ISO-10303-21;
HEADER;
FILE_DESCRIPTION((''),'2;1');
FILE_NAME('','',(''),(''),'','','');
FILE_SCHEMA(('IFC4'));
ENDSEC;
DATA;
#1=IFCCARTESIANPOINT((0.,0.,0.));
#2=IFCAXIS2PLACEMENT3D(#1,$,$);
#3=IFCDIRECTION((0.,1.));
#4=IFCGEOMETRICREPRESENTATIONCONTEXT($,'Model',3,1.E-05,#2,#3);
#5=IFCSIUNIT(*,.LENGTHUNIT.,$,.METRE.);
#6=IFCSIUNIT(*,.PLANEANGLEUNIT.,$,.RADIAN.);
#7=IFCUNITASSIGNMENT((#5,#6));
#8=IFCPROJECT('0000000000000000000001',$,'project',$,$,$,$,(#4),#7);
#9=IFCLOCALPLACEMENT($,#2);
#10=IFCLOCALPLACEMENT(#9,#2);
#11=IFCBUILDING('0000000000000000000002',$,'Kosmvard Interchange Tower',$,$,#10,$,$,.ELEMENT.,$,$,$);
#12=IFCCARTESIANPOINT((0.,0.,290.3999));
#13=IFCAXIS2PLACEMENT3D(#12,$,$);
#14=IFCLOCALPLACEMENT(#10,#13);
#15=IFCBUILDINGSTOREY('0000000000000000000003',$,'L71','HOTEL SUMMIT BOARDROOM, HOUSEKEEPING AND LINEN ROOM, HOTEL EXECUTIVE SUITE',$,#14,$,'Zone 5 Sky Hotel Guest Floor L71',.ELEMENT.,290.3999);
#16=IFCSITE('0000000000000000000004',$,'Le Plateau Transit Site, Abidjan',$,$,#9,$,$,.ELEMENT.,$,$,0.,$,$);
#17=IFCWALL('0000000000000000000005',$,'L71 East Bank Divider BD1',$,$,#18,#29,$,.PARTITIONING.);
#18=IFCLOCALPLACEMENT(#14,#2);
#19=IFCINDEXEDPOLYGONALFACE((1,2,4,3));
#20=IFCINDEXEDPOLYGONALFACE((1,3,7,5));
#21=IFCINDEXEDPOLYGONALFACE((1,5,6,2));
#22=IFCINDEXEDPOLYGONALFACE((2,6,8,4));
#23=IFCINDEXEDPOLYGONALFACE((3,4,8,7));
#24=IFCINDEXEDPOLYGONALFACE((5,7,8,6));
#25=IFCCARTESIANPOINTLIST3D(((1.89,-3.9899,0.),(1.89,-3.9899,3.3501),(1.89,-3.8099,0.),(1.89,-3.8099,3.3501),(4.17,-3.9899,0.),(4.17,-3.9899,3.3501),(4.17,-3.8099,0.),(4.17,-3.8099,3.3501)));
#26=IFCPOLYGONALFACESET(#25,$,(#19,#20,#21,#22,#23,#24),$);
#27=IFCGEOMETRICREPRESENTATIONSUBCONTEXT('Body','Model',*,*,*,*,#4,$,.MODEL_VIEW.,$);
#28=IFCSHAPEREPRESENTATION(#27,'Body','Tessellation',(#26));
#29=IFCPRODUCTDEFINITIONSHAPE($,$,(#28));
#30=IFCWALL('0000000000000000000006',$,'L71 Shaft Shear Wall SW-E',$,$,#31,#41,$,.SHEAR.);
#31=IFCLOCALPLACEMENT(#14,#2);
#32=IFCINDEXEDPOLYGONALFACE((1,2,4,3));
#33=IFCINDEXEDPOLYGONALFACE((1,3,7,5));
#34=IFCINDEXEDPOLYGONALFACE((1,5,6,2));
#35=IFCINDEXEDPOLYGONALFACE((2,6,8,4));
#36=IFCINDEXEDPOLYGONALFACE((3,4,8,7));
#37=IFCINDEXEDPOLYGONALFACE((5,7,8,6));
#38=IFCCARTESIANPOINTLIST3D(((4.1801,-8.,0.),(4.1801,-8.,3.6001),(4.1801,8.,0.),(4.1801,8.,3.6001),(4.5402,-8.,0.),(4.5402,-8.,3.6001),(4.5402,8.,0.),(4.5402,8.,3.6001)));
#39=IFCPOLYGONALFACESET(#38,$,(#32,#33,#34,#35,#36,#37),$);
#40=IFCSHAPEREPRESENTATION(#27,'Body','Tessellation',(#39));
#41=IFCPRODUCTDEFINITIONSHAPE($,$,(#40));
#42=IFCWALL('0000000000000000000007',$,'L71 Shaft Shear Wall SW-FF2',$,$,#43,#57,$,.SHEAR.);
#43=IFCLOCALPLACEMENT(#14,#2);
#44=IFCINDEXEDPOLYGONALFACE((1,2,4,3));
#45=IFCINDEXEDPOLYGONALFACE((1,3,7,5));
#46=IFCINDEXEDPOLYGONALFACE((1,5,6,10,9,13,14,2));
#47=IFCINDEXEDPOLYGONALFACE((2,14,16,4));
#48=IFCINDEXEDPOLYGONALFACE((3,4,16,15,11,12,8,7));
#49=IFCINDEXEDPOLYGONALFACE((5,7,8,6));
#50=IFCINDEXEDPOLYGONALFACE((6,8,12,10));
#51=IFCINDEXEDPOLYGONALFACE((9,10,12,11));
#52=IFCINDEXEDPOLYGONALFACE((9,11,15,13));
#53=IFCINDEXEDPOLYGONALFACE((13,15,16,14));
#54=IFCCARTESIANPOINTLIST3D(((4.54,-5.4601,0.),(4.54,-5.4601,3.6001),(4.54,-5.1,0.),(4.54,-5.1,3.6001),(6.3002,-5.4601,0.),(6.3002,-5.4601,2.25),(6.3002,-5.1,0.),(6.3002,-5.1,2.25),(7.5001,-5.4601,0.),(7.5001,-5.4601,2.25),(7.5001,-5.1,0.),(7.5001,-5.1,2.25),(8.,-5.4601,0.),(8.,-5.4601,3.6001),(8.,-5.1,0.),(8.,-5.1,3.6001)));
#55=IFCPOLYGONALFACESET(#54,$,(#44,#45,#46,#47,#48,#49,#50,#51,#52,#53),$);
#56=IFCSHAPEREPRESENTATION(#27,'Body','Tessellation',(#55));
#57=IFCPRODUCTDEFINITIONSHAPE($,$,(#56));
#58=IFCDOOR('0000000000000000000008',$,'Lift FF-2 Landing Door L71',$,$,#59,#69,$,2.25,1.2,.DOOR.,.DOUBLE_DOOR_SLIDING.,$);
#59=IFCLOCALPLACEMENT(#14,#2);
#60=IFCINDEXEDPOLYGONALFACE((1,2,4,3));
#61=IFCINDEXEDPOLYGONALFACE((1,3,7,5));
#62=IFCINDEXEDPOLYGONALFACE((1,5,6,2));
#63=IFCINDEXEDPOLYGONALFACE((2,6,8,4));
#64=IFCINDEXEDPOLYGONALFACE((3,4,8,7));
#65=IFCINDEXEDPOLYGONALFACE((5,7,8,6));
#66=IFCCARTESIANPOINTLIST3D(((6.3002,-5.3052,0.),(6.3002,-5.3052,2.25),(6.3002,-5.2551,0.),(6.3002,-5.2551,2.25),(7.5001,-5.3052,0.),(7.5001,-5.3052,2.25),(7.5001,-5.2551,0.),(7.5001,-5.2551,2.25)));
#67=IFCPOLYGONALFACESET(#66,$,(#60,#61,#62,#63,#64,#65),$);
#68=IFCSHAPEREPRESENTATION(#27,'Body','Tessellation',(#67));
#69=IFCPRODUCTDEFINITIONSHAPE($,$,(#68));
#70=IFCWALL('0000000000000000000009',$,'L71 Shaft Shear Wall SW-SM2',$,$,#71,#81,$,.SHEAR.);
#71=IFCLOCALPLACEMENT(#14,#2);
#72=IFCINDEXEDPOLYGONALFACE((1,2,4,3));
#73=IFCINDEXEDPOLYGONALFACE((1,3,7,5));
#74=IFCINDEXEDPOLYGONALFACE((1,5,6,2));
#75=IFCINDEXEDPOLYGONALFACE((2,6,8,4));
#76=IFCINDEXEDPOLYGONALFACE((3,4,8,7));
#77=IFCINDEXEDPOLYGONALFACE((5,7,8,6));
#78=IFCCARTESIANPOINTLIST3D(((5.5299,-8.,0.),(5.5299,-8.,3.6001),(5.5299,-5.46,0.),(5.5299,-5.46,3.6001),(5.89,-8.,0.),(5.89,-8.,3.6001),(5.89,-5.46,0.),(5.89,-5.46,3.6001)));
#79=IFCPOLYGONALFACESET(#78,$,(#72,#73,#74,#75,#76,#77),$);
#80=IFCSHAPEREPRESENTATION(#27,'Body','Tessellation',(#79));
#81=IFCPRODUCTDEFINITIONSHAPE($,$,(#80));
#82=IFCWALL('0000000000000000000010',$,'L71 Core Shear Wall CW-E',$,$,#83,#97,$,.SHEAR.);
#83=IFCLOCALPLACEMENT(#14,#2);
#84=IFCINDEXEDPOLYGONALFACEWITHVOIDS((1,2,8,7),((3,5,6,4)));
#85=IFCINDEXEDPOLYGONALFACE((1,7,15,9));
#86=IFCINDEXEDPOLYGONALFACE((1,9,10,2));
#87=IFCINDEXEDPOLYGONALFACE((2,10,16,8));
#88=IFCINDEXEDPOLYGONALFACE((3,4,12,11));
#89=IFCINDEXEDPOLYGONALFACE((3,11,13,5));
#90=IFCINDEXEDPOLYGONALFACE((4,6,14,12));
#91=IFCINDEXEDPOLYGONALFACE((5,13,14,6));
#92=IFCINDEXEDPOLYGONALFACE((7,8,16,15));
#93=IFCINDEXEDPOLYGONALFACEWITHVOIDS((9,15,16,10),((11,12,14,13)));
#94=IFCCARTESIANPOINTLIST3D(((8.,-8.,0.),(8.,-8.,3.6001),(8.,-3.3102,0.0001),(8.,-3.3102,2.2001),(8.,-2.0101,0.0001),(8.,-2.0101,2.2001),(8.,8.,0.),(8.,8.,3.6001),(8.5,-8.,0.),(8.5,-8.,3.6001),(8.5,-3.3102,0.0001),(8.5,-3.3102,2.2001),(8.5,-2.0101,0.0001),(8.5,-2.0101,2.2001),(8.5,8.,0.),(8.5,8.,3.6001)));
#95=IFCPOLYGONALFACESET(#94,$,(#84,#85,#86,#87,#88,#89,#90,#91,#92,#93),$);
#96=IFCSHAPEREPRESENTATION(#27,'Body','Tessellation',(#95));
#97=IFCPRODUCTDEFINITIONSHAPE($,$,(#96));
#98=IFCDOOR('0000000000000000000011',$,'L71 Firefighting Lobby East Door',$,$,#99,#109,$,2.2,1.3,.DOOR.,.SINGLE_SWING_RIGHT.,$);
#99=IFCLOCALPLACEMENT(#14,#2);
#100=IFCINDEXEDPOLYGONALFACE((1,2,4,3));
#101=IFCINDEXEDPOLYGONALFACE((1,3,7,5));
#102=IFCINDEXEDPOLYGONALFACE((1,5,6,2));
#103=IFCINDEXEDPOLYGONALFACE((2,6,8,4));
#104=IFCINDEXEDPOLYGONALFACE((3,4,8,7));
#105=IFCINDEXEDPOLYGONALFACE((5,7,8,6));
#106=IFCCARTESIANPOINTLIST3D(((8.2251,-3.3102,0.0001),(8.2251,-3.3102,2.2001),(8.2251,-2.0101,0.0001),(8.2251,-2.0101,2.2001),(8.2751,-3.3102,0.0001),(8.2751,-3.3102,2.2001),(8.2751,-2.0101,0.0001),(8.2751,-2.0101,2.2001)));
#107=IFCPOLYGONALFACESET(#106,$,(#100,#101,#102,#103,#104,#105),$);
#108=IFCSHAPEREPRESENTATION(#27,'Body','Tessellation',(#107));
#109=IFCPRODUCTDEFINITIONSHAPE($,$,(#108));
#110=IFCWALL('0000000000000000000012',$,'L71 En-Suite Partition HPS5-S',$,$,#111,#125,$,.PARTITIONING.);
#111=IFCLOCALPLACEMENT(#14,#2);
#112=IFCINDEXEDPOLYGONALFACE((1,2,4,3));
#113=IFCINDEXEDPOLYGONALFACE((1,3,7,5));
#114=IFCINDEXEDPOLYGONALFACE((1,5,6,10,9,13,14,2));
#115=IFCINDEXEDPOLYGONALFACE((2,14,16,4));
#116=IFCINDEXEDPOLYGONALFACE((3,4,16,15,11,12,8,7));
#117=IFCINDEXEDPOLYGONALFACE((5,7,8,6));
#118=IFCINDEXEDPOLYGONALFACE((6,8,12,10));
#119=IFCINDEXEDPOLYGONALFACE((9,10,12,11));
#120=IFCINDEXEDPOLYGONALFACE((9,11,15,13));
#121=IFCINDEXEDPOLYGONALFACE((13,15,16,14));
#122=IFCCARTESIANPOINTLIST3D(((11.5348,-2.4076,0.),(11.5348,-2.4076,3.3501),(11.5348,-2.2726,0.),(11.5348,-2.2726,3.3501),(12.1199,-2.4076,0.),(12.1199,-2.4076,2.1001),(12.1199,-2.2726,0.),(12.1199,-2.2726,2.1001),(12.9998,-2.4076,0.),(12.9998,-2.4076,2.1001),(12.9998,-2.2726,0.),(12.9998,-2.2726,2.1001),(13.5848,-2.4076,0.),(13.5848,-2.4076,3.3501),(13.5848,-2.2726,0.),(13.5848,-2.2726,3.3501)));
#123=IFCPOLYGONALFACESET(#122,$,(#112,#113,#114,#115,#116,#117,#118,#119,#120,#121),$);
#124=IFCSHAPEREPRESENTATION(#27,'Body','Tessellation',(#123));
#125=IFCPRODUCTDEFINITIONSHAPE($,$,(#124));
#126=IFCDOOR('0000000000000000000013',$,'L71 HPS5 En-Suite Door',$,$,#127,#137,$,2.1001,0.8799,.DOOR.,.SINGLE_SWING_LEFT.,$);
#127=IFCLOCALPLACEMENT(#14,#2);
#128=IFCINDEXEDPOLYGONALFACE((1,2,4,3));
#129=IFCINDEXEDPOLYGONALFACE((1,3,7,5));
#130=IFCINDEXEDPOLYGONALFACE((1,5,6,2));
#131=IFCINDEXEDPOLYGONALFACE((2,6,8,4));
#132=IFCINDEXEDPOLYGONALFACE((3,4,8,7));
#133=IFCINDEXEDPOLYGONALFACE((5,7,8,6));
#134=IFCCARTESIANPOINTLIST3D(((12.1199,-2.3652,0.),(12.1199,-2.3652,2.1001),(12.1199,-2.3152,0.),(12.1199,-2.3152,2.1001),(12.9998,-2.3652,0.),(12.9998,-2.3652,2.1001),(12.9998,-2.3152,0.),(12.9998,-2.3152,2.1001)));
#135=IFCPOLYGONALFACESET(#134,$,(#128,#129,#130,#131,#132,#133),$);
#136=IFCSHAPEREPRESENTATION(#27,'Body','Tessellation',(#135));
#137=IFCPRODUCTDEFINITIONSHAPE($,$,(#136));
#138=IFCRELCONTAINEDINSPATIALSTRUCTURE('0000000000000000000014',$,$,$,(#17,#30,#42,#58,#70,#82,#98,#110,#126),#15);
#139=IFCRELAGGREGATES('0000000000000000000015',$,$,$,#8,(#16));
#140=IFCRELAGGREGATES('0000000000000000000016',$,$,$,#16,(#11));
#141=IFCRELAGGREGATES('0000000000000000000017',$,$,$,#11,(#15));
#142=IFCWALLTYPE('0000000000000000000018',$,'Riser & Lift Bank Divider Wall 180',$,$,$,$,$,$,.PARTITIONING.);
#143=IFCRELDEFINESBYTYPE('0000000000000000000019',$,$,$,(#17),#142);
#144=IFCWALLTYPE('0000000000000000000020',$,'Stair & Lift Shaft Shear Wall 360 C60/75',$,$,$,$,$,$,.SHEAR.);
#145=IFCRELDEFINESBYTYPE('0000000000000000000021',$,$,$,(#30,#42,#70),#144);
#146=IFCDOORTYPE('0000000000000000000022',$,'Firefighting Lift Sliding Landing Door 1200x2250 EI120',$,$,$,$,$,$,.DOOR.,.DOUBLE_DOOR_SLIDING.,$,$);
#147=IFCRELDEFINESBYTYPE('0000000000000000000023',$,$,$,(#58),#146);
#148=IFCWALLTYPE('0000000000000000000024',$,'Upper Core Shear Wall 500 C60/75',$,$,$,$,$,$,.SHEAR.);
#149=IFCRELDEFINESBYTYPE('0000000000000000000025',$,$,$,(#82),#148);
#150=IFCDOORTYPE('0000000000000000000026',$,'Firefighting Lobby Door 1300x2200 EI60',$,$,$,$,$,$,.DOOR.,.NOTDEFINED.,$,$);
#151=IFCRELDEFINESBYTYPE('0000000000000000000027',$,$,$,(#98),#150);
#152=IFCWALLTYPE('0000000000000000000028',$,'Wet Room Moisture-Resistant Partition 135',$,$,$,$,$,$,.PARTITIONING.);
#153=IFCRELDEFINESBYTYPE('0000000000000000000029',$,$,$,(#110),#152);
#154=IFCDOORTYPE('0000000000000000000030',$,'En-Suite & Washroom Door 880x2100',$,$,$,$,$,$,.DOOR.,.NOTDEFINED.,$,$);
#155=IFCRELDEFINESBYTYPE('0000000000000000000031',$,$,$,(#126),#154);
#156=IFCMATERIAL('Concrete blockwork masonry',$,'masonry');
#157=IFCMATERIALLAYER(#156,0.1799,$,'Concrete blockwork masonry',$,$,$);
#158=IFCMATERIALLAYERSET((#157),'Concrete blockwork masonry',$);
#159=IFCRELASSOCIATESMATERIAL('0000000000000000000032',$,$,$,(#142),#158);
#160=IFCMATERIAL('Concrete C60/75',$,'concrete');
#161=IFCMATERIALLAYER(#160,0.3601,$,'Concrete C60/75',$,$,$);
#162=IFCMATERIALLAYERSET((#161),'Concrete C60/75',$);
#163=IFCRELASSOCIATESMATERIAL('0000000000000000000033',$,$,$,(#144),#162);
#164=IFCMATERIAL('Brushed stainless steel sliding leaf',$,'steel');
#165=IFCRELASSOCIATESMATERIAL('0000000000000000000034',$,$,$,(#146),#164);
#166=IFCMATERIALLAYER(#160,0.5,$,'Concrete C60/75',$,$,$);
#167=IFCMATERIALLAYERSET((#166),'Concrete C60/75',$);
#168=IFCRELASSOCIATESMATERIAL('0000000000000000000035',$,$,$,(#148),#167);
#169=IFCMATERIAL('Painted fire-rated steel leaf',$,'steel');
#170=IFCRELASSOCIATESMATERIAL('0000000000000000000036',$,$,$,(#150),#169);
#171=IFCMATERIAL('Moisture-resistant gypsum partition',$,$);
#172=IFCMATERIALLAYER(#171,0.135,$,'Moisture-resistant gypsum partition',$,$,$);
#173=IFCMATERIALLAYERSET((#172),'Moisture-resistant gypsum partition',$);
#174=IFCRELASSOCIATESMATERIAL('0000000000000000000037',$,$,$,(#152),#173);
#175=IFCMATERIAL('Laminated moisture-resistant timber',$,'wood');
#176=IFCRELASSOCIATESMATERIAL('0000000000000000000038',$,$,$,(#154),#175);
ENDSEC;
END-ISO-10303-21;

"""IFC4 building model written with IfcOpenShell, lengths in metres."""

from ifc_helpers import new_model, si_unit, direction, frame, frame_2d, origin, place, context, subcontext, project, spatial, rectangle, extrude, source, transform, mapped, material, layer, layer_set, type_object, element, fill, save


model = new_model("IFC4")

# Units and contexts
model_context = context("Model", 3, precision=1e-05, world=origin(), true_north=direction((0.0, 1.0)))
body_context = subcontext(model_context, "Body", "Model", "MODEL_VIEW")
ifc_project = project(units=[si_unit("LENGTHUNIT", "METRE"), si_unit("PLANEANGLEUNIT", "RADIAN")], contexts=[model_context])

# Site, building, storey
site_placement = place(None, origin())
site = spatial("IfcSite", under=ifc_project, at=site_placement, Name="Le Plateau Transit Site, Abidjan", CompositionType="ELEMENT", RefElevation=0.0)
building_placement = place(site_placement, origin())
building = spatial("IfcBuilding", under=site, at=building_placement, Name="Kosmvard Interchange Tower", CompositionType="ELEMENT")
storey_placement = place(building_placement, frame((0.0, 0.0, 290.3999)))
storey = spatial("IfcBuildingStorey", under=building, at=storey_placement, Name="L71", Description="HOTEL SUMMIT BOARDROOM, HOUSEKEEPING AND LINEN ROOM, HOTEL EXECUTIVE SUITE", LongName="Zone 5 Sky Hotel Guest Floor L71", CompositionType="ELEMENT", Elevation=290.3999)

# Shared definitions
ifc_material_1 = material(Name="Painted fire-rated steel leaf", Category="steel")
ifc_material_2 = material(Name="Brushed stainless steel sliding leaf", Category="steel")

# Walls
ifc_material_3 = material(Name="Concrete blockwork masonry", Category="masonry")
ifc_layer_1 = layer(ifc_material_3, 0.1799, Name="Concrete blockwork masonry")
ifc_layer_set_1 = layer_set([ifc_layer_1], Name="Concrete blockwork masonry")
wall_type_1 = type_object("IfcWallType", Name="Riser & Lift Bank Divider Wall 180", PredefinedType="PARTITIONING", material=ifc_layer_set_1)
wall_1_placement = place(storey_placement, frame((1.8899, -3.8999, 0.0), z_axis=(0.0, 0.0, 1.0), x_axis=(1.0, 0.0, 0.0)))
element("IfcWall", 1, at=wall_1_placement, inside=storey, type_object=wall_type_1, Name="L71 East Bank Divider BD1", PredefinedType="PARTITIONING", context=body_context, shape_type="SweptSolid", body=[
    extrude(rectangle(XDim=2.28, YDim=0.1799, at=frame_2d((1.1401, 0.0))), origin(), (0.0, 0.0, 1.0), 3.3501),
])
ifc_material_4 = material(Name="Concrete C60/75", Category="concrete")
ifc_layer_2 = layer(ifc_material_4, 0.3601, Name="Concrete C60/75")
ifc_layer_set_2 = layer_set([ifc_layer_2], Name="Concrete C60/75")
wall_type_2 = type_object("IfcWallType", Name="Stair & Lift Shaft Shear Wall 360 C60/75", PredefinedType="SHEAR", material=ifc_layer_set_2)
wall_2_placement = place(storey_placement, frame((4.3601, -8.0, 0.0), z_axis=(0.0, 0.0, 1.0), x_axis=(0.0, 1.0, 0.0)))
element("IfcWall", 2, at=wall_2_placement, inside=storey, type_object=wall_type_2, Name="L71 Shaft Shear Wall SW-E", PredefinedType="SHEAR", context=body_context, shape_type="SweptSolid", body=[
    extrude(rectangle(XDim=16.0, YDim=0.3601, at=frame_2d((8.0, 0.0))), origin(), (0.0, 0.0, 1.0), 3.6001),
])

# Wall, opening, door
wall_3_placement = place(storey_placement, frame((4.54, -5.28, 0.0), z_axis=(0.0, 0.0, 1.0), x_axis=(1.0, 0.0, 0.0)))
wall_3 = element("IfcWall", 3, at=wall_3_placement, inside=storey, type_object=wall_type_2, Name="L71 Shaft Shear Wall SW-FF2", PredefinedType="SHEAR", context=body_context, shape_type="SweptSolid", body=[
    extrude(rectangle(XDim=3.46, YDim=0.3601, at=frame_2d((1.73, 0.0))), origin(), (0.0, 0.0, 1.0), 3.6001),
])
opening_1_placement = place(wall_3_placement, frame((1.76, 0.0, 0.0)))
opening_1 = element("IfcOpeningElement", 4, at=opening_1_placement, cuts=wall_3, PredefinedType="OPENING", context=body_context, shape_type="SweptSolid", body=[
    extrude(rectangle(XDim=1.2, YDim=2.25, at=frame_2d((0.6001, 1.125))), frame((0.0, 0.1899, 0.0), z_axis=(0.0, -1.0, 0.0), x_axis=(1.0, 0.0, 0.0)), (0.0, 0.0, 1.0), 0.3801),
])
door_type_1 = type_object("IfcDoorType", Name="Firefighting Lift Sliding Landing Door 1200x2250 EI120", OperationType="DOUBLE_DOOR_SLIDING", PredefinedType="DOOR", material=ifc_material_2)
shared_shape_1 = source(origin(), body_context, "Body", "SweptSolid", [
    extrude(rectangle(XDim=1.2, YDim=2.25, at=frame_2d((0.6001, 1.125))), frame((0.0, 0.0249, 0.0), z_axis=(0.0, -1.0, 0.0), x_axis=(1.0, 0.0, 0.0)), (0.0, 0.0, 1.0), 0.05),
])
door_1_placement = place(opening_1_placement, origin())
door_1 = element("IfcDoor", 5, at=door_1_placement, inside=storey, type_object=door_type_1, Name="Lift FF-2 Landing Door L71", OperationType="DOUBLE_DOOR_SLIDING", OverallHeight=2.25, OverallWidth=1.2, PredefinedType="DOOR", context=body_context, shape_type="MappedRepresentation", body=[
    mapped(shared_shape_1, transform((0.0, 0.0, 0.0), scale=1.0)),
])
fill(opening_1, door_1)

# Wall
wall_4_placement = place(storey_placement, frame((5.71, -8.0, 0.0), z_axis=(0.0, 0.0, 1.0), x_axis=(0.0, 1.0, 0.0)))
element("IfcWall", 6, at=wall_4_placement, inside=storey, type_object=wall_type_2, Name="L71 Shaft Shear Wall SW-SM2", PredefinedType="SHEAR", context=body_context, shape_type="SweptSolid", body=[
    extrude(rectangle(XDim=2.54, YDim=0.3601, at=frame_2d((1.27, 0.0))), origin(), (0.0, 0.0, 1.0), 3.6001),
])

# Walls, openings, doors
ifc_layer_3 = layer(ifc_material_4, 0.5, Name="Concrete C60/75")
ifc_layer_set_3 = layer_set([ifc_layer_3], Name="Concrete C60/75")
wall_type_3 = type_object("IfcWallType", Name="Upper Core Shear Wall 500 C60/75", PredefinedType="SHEAR", material=ifc_layer_set_3)
wall_5_placement = place(storey_placement, frame((8.25, -8.0, 0.0), z_axis=(0.0, 0.0, 1.0), x_axis=(0.0, 1.0, 0.0)))
wall_5 = element("IfcWall", 7, at=wall_5_placement, inside=storey, type_object=wall_type_3, Name="L71 Core Shear Wall CW-E", PredefinedType="SHEAR", context=body_context, shape_type="SweptSolid", body=[
    extrude(rectangle(XDim=16.0, YDim=0.5, at=frame_2d((8.0, 0.0))), origin(), (0.0, 0.0, 1.0), 3.6001),
])
opening_2_placement = place(wall_5_placement, frame((4.6899, 0.0, 0.0)))
opening_2 = element("IfcOpeningElement", 8, at=opening_2_placement, cuts=wall_5, PredefinedType="OPENING", context=body_context, shape_type="SweptSolid", body=[
    extrude(rectangle(XDim=1.3, YDim=2.2, at=frame_2d((0.6499, 1.1001))), frame((0.0, 0.26, 0.0), z_axis=(0.0, -1.0, 0.0), x_axis=(1.0, 0.0, 0.0)), (0.0, 0.0, 1.0), 0.52),
])
door_type_2 = type_object("IfcDoorType", Name="Firefighting Lobby Door 1300x2200 EI60", OperationType="NOTDEFINED", PredefinedType="DOOR", material=ifc_material_1)
shared_shape_2 = source(origin(), body_context, "Body", "SweptSolid", [
    extrude(rectangle(XDim=1.3, YDim=2.2, at=frame_2d((0.6499, 1.1001))), frame((0.0, 0.0249, 0.0), z_axis=(0.0, -1.0, 0.0), x_axis=(1.0, 0.0, 0.0)), (0.0, 0.0, 1.0), 0.05),
])
door_2_placement = place(opening_2_placement, origin())
door_2 = element("IfcDoor", 9, at=door_2_placement, inside=storey, type_object=door_type_2, Name="L71 Firefighting Lobby East Door", OperationType="SINGLE_SWING_RIGHT", OverallHeight=2.2, OverallWidth=1.3, PredefinedType="DOOR", context=body_context, shape_type="MappedRepresentation", body=[
    mapped(shared_shape_2, transform((0.0, 0.0, 0.0), scale=1.0)),
])
fill(opening_2, door_2)
ifc_material_5 = material(Name="Moisture-resistant gypsum partition")
ifc_layer_4 = layer(ifc_material_5, 0.135, Name="Moisture-resistant gypsum partition")
ifc_layer_set_4 = layer_set([ifc_layer_4], Name="Moisture-resistant gypsum partition")
wall_type_4 = type_object("IfcWallType", Name="Wet Room Moisture-Resistant Partition 135", PredefinedType="PARTITIONING", material=ifc_layer_set_4)
wall_6_placement = place(storey_placement, frame((11.5349, -2.3401, 0.0), z_axis=(0.0, 0.0, 1.0), x_axis=(1.0, 0.0, 0.0)))
wall_6 = element("IfcWall", 10, at=wall_6_placement, inside=storey, type_object=wall_type_4, Name="L71 En-Suite Partition HPS5-S", PredefinedType="PARTITIONING", context=body_context, shape_type="SweptSolid", body=[
    extrude(rectangle(XDim=2.05, YDim=0.135, at=frame_2d((1.0249, 0.0))), origin(), (0.0, 0.0, 1.0), 3.3501),
])
opening_3_placement = place(wall_6_placement, frame((0.585, 0.0, 0.0)))
opening_3 = element("IfcOpeningElement", 11, at=opening_3_placement, cuts=wall_6, PredefinedType="OPENING", context=body_context, shape_type="SweptSolid", body=[
    extrude(rectangle(XDim=0.8799, YDim=2.1001, at=frame_2d((0.4399, 1.05))), frame((0.0, 0.0776, 0.0), z_axis=(0.0, -1.0, 0.0), x_axis=(1.0, 0.0, 0.0)), (0.0, 0.0, 1.0), 0.155),
])
ifc_material_6 = material(Name="Laminated moisture-resistant timber", Category="wood")
door_type_3 = type_object("IfcDoorType", Name="En-Suite & Washroom Door 880x2100", OperationType="NOTDEFINED", PredefinedType="DOOR", material=ifc_material_6)
shared_shape_3 = source(origin(), body_context, "Body", "SweptSolid", [
    extrude(rectangle(XDim=0.8799, YDim=2.1001, at=frame_2d((0.4399, 1.05))), frame((0.0, 0.0249, 0.0), z_axis=(0.0, -1.0, 0.0), x_axis=(1.0, 0.0, 0.0)), (0.0, 0.0, 1.0), 0.05),
])
door_3_placement = place(opening_3_placement, origin())
door_3 = element("IfcDoor", 12, at=door_3_placement, inside=storey, type_object=door_type_3, Name="L71 HPS5 En-Suite Door", OperationType="SINGLE_SWING_LEFT", OverallHeight=2.1001, OverallWidth=0.8799, PredefinedType="DOOR", context=body_context, shape_type="MappedRepresentation", body=[
    mapped(shared_shape_3, transform((0.0, 0.0, 0.0), scale=1.0)),
])
fill(opening_3, door_3)

save(model, "model.ifc")
